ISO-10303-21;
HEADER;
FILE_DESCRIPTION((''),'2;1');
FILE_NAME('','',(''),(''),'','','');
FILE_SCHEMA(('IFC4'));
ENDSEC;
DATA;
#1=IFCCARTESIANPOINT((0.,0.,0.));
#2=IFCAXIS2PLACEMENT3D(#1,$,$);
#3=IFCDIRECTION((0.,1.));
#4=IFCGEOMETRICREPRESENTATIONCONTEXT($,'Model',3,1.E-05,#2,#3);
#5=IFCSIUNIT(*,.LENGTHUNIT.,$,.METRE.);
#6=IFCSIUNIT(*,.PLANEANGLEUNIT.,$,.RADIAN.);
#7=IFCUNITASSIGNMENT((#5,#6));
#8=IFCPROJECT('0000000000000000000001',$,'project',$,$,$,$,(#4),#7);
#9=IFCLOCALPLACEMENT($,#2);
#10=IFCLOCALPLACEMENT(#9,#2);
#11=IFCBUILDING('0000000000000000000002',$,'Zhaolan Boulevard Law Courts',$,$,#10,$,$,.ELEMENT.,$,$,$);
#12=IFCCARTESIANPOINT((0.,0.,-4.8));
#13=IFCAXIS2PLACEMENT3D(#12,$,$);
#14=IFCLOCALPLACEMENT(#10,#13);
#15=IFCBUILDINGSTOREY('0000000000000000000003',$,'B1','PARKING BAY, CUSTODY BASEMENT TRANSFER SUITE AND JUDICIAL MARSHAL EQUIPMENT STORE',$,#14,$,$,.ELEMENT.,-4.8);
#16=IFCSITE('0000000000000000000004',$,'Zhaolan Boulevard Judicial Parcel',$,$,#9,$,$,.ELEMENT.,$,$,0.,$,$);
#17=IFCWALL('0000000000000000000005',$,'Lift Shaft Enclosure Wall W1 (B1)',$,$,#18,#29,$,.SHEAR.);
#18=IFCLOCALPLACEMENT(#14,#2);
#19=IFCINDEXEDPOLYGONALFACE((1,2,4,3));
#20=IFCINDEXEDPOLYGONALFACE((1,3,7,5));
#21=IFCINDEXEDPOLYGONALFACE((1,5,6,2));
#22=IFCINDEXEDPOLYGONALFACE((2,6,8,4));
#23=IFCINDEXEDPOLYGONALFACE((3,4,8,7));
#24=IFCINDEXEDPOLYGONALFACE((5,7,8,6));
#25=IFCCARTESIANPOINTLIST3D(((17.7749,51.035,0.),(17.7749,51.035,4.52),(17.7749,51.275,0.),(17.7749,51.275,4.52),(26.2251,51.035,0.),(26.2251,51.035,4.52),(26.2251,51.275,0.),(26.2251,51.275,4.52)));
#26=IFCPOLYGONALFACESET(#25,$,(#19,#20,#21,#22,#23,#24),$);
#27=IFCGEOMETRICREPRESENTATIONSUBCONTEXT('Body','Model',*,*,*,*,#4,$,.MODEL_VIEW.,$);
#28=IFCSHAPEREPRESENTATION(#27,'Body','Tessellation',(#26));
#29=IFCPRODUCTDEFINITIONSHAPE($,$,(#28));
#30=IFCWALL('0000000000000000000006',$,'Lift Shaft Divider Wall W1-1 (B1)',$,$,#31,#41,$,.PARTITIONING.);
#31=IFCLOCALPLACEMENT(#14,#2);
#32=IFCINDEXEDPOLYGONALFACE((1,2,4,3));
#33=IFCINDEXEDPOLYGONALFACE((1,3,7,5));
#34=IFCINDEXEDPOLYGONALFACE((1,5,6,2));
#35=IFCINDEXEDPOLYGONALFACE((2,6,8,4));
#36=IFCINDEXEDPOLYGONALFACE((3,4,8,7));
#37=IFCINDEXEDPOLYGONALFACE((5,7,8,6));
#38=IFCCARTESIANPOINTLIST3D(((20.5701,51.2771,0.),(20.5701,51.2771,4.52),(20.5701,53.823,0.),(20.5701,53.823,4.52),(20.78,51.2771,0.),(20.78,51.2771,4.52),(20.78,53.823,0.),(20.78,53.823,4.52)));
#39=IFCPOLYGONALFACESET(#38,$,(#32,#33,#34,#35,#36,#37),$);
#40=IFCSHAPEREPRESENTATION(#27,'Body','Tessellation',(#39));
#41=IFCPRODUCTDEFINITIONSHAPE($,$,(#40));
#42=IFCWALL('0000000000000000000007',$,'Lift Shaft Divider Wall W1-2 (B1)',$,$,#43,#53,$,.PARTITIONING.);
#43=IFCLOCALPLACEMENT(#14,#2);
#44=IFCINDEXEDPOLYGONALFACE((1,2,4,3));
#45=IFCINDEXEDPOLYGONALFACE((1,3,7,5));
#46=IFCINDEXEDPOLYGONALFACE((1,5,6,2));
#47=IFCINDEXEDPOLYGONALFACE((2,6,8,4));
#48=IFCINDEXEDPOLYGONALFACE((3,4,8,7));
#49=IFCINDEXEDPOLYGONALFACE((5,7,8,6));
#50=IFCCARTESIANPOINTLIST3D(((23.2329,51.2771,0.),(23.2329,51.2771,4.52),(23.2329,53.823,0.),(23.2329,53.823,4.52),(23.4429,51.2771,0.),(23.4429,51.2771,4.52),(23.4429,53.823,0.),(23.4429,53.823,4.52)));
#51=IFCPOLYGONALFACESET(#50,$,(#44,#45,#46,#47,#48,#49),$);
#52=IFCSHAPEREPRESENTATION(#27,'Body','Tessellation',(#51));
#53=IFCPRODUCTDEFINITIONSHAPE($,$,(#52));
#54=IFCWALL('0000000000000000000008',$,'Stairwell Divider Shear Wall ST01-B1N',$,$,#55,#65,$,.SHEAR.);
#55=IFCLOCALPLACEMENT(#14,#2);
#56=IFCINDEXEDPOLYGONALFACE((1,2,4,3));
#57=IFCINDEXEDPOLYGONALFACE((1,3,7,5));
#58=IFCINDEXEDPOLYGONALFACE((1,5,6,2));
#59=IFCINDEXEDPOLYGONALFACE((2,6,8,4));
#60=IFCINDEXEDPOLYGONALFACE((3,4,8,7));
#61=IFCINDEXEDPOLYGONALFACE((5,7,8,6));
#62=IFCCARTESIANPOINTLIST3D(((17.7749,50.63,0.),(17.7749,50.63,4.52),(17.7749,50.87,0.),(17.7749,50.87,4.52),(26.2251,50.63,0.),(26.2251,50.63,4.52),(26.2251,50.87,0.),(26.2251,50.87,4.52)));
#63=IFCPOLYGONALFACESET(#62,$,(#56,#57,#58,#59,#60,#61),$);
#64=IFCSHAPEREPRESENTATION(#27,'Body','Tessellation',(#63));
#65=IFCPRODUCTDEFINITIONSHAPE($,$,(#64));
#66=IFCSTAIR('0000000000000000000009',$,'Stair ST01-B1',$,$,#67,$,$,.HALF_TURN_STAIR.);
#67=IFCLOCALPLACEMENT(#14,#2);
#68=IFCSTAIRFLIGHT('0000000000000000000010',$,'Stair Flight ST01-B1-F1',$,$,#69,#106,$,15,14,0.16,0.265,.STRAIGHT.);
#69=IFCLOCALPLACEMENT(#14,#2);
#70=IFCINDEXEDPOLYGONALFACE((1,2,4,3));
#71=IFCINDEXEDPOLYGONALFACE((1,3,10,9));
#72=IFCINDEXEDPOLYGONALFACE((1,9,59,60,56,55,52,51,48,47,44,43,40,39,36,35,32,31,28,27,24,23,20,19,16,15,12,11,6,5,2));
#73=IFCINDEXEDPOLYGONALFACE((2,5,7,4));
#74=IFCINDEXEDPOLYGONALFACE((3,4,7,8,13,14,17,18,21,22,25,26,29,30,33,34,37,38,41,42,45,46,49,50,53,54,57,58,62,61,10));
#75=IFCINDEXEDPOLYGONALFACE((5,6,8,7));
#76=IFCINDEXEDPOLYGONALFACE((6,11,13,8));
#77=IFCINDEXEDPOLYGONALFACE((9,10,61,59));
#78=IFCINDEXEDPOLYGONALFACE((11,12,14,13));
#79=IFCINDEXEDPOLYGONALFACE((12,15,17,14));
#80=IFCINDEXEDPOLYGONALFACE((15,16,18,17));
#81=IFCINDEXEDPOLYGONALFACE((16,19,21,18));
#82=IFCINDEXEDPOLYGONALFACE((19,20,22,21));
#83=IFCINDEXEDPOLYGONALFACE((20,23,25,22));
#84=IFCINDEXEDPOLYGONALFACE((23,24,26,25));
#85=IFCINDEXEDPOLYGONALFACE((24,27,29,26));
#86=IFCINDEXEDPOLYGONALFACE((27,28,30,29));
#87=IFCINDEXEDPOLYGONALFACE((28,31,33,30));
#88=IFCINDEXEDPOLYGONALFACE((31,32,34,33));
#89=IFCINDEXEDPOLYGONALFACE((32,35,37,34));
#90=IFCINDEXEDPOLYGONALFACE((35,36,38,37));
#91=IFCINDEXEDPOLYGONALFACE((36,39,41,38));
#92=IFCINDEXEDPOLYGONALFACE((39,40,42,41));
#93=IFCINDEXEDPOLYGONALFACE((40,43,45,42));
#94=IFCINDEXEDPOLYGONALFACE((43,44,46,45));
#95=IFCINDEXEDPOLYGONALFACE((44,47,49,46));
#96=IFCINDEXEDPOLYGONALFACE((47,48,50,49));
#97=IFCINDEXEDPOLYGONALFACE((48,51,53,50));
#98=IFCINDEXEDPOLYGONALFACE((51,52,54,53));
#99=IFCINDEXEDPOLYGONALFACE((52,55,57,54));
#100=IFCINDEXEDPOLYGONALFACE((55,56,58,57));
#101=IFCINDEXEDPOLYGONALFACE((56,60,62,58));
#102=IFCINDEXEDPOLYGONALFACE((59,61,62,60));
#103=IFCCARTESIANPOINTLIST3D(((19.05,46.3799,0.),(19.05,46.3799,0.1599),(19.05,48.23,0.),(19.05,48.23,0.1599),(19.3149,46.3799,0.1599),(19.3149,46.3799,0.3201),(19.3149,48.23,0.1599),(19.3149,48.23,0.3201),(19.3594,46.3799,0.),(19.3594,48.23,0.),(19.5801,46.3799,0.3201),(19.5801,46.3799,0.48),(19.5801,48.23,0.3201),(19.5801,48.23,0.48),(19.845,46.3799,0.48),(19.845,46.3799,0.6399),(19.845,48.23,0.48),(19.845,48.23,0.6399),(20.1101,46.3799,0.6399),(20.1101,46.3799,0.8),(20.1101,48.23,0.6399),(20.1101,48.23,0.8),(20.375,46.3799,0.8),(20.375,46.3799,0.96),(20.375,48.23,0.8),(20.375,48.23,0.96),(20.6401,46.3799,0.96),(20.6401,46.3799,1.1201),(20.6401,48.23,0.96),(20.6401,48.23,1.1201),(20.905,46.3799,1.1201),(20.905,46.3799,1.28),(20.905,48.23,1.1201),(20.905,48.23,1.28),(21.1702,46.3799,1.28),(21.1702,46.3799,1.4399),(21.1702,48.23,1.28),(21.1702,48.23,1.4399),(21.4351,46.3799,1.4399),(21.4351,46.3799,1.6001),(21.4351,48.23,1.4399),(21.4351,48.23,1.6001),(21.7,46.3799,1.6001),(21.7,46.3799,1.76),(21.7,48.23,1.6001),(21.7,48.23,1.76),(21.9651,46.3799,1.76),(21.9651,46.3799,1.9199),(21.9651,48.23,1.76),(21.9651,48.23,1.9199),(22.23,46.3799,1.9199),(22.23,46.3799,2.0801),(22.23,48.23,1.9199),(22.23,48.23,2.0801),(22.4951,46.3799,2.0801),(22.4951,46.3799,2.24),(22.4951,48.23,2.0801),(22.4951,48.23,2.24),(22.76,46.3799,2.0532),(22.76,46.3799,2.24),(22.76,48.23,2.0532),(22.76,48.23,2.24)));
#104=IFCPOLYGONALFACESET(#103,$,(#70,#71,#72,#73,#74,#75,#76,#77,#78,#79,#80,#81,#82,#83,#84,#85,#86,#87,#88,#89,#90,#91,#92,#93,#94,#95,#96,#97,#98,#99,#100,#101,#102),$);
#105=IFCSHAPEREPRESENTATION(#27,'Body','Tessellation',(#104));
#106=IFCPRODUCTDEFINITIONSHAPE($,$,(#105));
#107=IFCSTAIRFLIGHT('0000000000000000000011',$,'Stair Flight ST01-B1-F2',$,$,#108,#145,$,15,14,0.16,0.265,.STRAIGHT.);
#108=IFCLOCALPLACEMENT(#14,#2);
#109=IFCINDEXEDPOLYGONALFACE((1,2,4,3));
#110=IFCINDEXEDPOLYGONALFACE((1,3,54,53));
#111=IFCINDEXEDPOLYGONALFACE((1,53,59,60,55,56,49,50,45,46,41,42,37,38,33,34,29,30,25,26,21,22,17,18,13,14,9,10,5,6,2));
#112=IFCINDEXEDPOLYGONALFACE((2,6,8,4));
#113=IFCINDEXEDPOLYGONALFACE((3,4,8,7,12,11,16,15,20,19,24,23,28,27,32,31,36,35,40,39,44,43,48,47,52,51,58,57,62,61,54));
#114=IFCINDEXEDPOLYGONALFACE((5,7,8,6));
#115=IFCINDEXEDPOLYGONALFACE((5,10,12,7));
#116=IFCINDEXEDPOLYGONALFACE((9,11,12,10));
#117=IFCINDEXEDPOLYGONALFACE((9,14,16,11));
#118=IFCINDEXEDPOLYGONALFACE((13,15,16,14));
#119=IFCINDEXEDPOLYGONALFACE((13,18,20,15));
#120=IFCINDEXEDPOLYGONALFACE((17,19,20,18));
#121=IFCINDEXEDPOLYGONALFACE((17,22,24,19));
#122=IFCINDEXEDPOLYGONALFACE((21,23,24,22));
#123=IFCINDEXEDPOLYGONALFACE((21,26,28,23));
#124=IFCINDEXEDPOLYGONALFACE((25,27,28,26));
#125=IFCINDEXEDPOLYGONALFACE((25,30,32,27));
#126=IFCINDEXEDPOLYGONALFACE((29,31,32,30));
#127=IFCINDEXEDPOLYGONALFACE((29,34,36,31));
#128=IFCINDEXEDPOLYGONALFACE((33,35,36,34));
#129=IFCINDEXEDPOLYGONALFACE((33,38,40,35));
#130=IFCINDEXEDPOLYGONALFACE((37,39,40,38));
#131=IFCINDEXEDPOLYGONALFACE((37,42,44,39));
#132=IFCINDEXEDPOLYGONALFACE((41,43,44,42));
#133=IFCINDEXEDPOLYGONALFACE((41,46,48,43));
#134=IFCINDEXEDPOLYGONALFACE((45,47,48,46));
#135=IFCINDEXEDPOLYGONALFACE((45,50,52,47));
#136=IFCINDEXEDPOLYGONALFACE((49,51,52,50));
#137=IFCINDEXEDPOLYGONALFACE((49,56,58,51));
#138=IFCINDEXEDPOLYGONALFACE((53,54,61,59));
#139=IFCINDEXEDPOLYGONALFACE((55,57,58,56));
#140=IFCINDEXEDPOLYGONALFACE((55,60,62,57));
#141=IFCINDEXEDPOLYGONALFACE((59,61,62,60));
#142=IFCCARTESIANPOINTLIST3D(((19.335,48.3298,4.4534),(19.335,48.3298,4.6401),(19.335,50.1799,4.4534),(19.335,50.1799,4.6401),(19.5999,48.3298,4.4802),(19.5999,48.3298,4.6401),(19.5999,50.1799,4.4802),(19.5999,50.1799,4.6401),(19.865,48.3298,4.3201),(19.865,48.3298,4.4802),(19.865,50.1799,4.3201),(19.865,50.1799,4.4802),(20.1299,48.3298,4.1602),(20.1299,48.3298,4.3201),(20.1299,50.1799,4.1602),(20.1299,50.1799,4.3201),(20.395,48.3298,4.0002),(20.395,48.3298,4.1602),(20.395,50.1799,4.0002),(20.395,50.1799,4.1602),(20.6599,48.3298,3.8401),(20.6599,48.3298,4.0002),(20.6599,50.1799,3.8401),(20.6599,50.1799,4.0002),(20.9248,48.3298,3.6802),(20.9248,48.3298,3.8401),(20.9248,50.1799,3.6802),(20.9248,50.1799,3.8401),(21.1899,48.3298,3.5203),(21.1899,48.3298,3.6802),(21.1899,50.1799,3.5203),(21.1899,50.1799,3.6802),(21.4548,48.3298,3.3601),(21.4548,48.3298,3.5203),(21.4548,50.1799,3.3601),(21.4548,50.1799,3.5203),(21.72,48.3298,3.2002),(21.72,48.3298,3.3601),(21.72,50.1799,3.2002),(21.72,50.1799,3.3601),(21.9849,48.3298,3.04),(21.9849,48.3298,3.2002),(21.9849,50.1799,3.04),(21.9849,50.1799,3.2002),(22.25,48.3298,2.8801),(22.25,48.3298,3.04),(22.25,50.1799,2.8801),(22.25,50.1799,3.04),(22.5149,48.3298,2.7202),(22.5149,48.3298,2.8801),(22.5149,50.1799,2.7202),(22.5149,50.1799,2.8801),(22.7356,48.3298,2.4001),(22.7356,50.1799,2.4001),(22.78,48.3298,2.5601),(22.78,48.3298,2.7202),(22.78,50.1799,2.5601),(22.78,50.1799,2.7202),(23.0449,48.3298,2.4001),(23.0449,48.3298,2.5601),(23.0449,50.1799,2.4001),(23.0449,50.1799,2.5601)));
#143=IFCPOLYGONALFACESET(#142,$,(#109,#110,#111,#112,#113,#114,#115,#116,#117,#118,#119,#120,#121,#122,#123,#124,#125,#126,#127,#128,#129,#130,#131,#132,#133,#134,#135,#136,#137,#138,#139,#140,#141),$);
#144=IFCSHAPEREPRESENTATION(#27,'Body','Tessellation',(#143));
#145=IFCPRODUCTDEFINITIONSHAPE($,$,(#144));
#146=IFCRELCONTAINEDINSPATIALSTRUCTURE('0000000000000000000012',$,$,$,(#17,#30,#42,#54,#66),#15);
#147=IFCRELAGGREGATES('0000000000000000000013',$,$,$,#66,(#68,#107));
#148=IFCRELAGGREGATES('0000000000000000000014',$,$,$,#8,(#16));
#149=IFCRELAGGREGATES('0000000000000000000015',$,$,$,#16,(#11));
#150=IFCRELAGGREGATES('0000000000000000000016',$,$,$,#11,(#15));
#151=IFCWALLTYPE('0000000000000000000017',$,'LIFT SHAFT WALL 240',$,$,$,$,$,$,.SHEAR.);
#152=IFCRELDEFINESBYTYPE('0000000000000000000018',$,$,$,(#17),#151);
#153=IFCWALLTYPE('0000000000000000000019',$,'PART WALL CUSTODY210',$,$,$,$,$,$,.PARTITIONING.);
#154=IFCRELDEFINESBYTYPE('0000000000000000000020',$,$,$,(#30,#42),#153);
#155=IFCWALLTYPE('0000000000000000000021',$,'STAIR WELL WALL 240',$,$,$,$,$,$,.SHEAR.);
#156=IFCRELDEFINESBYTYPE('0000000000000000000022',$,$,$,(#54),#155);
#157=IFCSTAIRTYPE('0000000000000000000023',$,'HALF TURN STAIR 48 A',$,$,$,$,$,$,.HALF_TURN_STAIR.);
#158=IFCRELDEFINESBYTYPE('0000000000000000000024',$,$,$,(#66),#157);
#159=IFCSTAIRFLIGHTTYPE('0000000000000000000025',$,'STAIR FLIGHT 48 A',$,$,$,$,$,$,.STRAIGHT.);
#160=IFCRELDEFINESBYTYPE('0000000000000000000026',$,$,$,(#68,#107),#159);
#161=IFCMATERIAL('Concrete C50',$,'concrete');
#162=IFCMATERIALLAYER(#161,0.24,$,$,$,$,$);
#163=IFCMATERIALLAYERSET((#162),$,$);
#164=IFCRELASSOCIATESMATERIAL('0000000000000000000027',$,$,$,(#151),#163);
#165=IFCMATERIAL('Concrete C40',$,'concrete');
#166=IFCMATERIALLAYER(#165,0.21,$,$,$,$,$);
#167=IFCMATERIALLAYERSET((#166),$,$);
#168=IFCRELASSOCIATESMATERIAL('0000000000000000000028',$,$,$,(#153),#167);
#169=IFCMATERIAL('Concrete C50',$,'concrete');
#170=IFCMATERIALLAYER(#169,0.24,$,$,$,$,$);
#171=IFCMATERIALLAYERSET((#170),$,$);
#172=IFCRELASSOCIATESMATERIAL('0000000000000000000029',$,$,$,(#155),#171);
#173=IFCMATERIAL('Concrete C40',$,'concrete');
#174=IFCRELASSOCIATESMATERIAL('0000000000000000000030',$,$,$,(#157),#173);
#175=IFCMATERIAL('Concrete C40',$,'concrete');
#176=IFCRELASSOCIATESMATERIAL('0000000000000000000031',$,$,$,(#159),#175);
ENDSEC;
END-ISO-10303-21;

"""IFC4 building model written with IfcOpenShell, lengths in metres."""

from ifc_helpers import new_model, si_unit, direction, frame, frame_2d, origin, place, context, subcontext, project, spatial, polyline, rectangle, outline, extrude, material, layer, layer_set, type_object, element, aggregate, save


model = new_model("IFC4")

# Units and contexts
model_context = context("Model", 3, precision=1e-05, world=origin(), true_north=direction((0.0, 1.0)))
body_context = subcontext(model_context, "Body", "Model", "MODEL_VIEW")
ifc_project = project(units=[si_unit("LENGTHUNIT", "METRE"), si_unit("PLANEANGLEUNIT", "RADIAN")], contexts=[model_context])

# Site, building, storey
site_placement = place(None, origin())
site = spatial("IfcSite", under=ifc_project, at=site_placement, Name="Zhaolan Boulevard Judicial Parcel", CompositionType="ELEMENT", RefElevation=0.0)
building_placement = place(site_placement, origin())
building = spatial("IfcBuilding", under=site, at=building_placement, Name="Zhaolan Boulevard Law Courts", CompositionType="ELEMENT")
storey_placement = place(building_placement, frame((0.0, 0.0, -4.8)))
storey = spatial("IfcBuildingStorey", under=building, at=storey_placement, Name="B1", Description="PARKING BAY, CUSTODY BASEMENT TRANSFER SUITE AND JUDICIAL MARSHAL EQUIPMENT STORE", CompositionType="ELEMENT", Elevation=-4.8)

# Walls
ifc_material_1 = material(Name="Concrete C50", Category="concrete")
ifc_layer_1 = layer(ifc_material_1, 0.24)
ifc_layer_set_1 = layer_set([ifc_layer_1])
wall_type_1 = type_object("IfcWallType", Name="LIFT SHAFT WALL 240", PredefinedType="SHEAR", material=ifc_layer_set_1)
wall_1_placement = place(storey_placement, frame((17.7749, 51.155, 0.0), z_axis=(0.0, 0.0, 1.0), x_axis=(1.0, 0.0, 0.0)))
element("IfcWall", 1, at=wall_1_placement, inside=storey, type_object=wall_type_1, Name="Lift Shaft Enclosure Wall W1 (B1)", PredefinedType="SHEAR", context=body_context, shape_type="SweptSolid", body=[
    extrude(rectangle(XDim=8.4502, YDim=0.24, at=frame_2d((4.2251, 0.0))), origin(), (0.0, 0.0, 1.0), 4.52),
])
ifc_material_2 = material(Name="Concrete C40", Category="concrete")
ifc_layer_2 = layer(ifc_material_2, 0.21)
ifc_layer_set_2 = layer_set([ifc_layer_2])
wall_type_2 = type_object("IfcWallType", Name="PART WALL CUSTODY210", PredefinedType="PARTITIONING", material=ifc_layer_set_2)
for number, where, z_axis, x_axis, name in (
    (2, (20.675, 51.2771, 0.0), (0.0, 0.0, 1.0), (0.0, 1.0, 0.0), "Lift Shaft Divider Wall W1-1 (B1)"),
    (3, (23.3379, 51.2771, 0.0), (0.0, 0.0, 1.0), (0.0, 1.0, 0.0), "Lift Shaft Divider Wall W1-2 (B1)"),
):
    element("IfcWall", number, at=place(storey_placement, frame(where, z_axis=z_axis, x_axis=x_axis)), inside=storey, type_object=wall_type_2, Name=name, PredefinedType="PARTITIONING", context=body_context, shape_type="SweptSolid", body=[
        extrude(rectangle(XDim=2.5459, YDim=0.21, at=frame_2d((1.2729, 0.0))), origin(), (0.0, 0.0, 1.0), 4.52),
    ])
ifc_material_3 = material(Name="Concrete C50", Category="concrete")
ifc_layer_3 = layer(ifc_material_3, 0.24)
ifc_layer_set_3 = layer_set([ifc_layer_3])
wall_type_3 = type_object("IfcWallType", Name="STAIR WELL WALL 240", PredefinedType="SHEAR", material=ifc_layer_set_3)
wall_2_placement = place(storey_placement, frame((17.7749, 50.75, 0.0), z_axis=(0.0, 0.0, 1.0), x_axis=(1.0, 0.0, 0.0)))
element("IfcWall", 4, at=wall_2_placement, inside=storey, type_object=wall_type_3, Name="Stairwell Divider Shear Wall ST01-B1N", PredefinedType="SHEAR", context=body_context, shape_type="SweptSolid", body=[
    extrude(rectangle(XDim=8.4502, YDim=0.24, at=frame_2d((4.2251, 0.0))), origin(), (0.0, 0.0, 1.0), 4.52),
])

# Stair, stair flights
ifc_material_4 = material(Name="Concrete C40", Category="concrete")
stair_type = type_object("IfcStairType", Name="HALF TURN STAIR 48 A", PredefinedType="HALF_TURN_STAIR", material=ifc_material_4)
stair_placement = place(storey_placement, origin())
stair = element("IfcStair", 5, at=stair_placement, inside=storey, type_object=stair_type, Name="Stair ST01-B1", PredefinedType="HALF_TURN_STAIR")
ifc_material_5 = material(Name="Concrete C40", Category="concrete")
stair_flight_type = type_object("IfcStairFlightType", Name="STAIR FLIGHT 48 A", PredefinedType="STRAIGHT", material=ifc_material_5)
stair_flight_1_placement = place(storey_placement, frame((19.05, 47.3049, 0.0), z_axis=(0.0, 0.0, 1.0), x_axis=(1.0, 0.0, 0.0)))
stair_flight_1 = element("IfcStairFlight", 6, at=stair_flight_1_placement, type_object=stair_flight_type, Name="Stair Flight ST01-B1-F1", NumberOfRisers=15, NumberOfTreads=14, PredefinedType="STRAIGHT", RiserHeight=0.16, TreadLength=0.265, context=body_context, shape_type="SweptSolid", body=[
    extrude(outline(polyline([(0.0, 0.0), (0.0, 0.1599), (0.2649, 0.1599), (0.2649, 0.3201), (0.53, 0.3201), (0.53, 0.48), (0.7949, 0.48), (0.7949, 0.6399), (1.0601, 0.6399), (1.0601, 0.8), (1.325, 0.8), (1.325, 0.96), (1.5901, 0.96), (1.5901, 1.1201), (1.855, 1.1201), (1.855, 1.28), (2.1201, 1.28), (2.1201, 1.4399), (2.385, 1.4399), (2.385, 1.6001), (2.6499, 1.6001), (2.6499, 1.76), (2.915, 1.76), (2.915, 1.9199), (3.1799, 1.9199), (3.1799, 2.0801), (3.4451, 2.0801), (3.4451, 2.24), (3.71, 2.24), (3.71, 2.3999), (3.71, 2.0532), (0.3093, 0.0), (0.0, 0.0)])), frame((0.0, 0.925, 0.0), z_axis=(0.0, -1.0, 0.0), x_axis=(1.0, 0.0, 0.0)), (0.0, 0.0, 1.0), 1.8501),
])
stair_flight_2_placement = place(storey_placement, frame((23.0449, 49.2549, 2.4001), z_axis=(0.0, 0.0, 1.0), x_axis=(-1.0, 0.0, 0.0)))
stair_flight_2 = element("IfcStairFlight", 7, at=stair_flight_2_placement, type_object=stair_flight_type, Name="Stair Flight ST01-B1-F2", NumberOfRisers=15, NumberOfTreads=14, PredefinedType="STRAIGHT", RiserHeight=0.16, TreadLength=0.265, context=body_context, shape_type="SweptSolid", body=[
    extrude(outline(polyline([(0.0, 0.0), (0.0, 0.1599), (0.2649, 0.1599), (0.2649, 0.3201), (0.53, 0.3201), (0.53, 0.48), (0.7949, 0.48), (0.7949, 0.6399), (1.0601, 0.6399), (1.0601, 0.8), (1.325, 0.8), (1.325, 0.96), (1.5901, 0.96), (1.5901, 1.1201), (1.855, 1.1201), (1.855, 1.28), (2.1201, 1.28), (2.1201, 1.4399), (2.385, 1.4399), (2.385, 1.6001), (2.6499, 1.6001), (2.6499, 1.76), (2.915, 1.76), (2.915, 1.9199), (3.1799, 1.9199), (3.1799, 2.0801), (3.4451, 2.0801), (3.4451, 2.24), (3.71, 2.24), (3.71, 2.3999), (3.71, 2.0532), (0.3093, 0.0), (0.0, 0.0)])), frame((0.0, 0.925, 0.0), z_axis=(0.0, -1.0, 0.0), x_axis=(1.0, 0.0, 0.0)), (0.0, 0.0, 1.0), 1.8501),
])
aggregate(stair, [stair_flight_1, stair_flight_2])

save(model, "model.ifc")
